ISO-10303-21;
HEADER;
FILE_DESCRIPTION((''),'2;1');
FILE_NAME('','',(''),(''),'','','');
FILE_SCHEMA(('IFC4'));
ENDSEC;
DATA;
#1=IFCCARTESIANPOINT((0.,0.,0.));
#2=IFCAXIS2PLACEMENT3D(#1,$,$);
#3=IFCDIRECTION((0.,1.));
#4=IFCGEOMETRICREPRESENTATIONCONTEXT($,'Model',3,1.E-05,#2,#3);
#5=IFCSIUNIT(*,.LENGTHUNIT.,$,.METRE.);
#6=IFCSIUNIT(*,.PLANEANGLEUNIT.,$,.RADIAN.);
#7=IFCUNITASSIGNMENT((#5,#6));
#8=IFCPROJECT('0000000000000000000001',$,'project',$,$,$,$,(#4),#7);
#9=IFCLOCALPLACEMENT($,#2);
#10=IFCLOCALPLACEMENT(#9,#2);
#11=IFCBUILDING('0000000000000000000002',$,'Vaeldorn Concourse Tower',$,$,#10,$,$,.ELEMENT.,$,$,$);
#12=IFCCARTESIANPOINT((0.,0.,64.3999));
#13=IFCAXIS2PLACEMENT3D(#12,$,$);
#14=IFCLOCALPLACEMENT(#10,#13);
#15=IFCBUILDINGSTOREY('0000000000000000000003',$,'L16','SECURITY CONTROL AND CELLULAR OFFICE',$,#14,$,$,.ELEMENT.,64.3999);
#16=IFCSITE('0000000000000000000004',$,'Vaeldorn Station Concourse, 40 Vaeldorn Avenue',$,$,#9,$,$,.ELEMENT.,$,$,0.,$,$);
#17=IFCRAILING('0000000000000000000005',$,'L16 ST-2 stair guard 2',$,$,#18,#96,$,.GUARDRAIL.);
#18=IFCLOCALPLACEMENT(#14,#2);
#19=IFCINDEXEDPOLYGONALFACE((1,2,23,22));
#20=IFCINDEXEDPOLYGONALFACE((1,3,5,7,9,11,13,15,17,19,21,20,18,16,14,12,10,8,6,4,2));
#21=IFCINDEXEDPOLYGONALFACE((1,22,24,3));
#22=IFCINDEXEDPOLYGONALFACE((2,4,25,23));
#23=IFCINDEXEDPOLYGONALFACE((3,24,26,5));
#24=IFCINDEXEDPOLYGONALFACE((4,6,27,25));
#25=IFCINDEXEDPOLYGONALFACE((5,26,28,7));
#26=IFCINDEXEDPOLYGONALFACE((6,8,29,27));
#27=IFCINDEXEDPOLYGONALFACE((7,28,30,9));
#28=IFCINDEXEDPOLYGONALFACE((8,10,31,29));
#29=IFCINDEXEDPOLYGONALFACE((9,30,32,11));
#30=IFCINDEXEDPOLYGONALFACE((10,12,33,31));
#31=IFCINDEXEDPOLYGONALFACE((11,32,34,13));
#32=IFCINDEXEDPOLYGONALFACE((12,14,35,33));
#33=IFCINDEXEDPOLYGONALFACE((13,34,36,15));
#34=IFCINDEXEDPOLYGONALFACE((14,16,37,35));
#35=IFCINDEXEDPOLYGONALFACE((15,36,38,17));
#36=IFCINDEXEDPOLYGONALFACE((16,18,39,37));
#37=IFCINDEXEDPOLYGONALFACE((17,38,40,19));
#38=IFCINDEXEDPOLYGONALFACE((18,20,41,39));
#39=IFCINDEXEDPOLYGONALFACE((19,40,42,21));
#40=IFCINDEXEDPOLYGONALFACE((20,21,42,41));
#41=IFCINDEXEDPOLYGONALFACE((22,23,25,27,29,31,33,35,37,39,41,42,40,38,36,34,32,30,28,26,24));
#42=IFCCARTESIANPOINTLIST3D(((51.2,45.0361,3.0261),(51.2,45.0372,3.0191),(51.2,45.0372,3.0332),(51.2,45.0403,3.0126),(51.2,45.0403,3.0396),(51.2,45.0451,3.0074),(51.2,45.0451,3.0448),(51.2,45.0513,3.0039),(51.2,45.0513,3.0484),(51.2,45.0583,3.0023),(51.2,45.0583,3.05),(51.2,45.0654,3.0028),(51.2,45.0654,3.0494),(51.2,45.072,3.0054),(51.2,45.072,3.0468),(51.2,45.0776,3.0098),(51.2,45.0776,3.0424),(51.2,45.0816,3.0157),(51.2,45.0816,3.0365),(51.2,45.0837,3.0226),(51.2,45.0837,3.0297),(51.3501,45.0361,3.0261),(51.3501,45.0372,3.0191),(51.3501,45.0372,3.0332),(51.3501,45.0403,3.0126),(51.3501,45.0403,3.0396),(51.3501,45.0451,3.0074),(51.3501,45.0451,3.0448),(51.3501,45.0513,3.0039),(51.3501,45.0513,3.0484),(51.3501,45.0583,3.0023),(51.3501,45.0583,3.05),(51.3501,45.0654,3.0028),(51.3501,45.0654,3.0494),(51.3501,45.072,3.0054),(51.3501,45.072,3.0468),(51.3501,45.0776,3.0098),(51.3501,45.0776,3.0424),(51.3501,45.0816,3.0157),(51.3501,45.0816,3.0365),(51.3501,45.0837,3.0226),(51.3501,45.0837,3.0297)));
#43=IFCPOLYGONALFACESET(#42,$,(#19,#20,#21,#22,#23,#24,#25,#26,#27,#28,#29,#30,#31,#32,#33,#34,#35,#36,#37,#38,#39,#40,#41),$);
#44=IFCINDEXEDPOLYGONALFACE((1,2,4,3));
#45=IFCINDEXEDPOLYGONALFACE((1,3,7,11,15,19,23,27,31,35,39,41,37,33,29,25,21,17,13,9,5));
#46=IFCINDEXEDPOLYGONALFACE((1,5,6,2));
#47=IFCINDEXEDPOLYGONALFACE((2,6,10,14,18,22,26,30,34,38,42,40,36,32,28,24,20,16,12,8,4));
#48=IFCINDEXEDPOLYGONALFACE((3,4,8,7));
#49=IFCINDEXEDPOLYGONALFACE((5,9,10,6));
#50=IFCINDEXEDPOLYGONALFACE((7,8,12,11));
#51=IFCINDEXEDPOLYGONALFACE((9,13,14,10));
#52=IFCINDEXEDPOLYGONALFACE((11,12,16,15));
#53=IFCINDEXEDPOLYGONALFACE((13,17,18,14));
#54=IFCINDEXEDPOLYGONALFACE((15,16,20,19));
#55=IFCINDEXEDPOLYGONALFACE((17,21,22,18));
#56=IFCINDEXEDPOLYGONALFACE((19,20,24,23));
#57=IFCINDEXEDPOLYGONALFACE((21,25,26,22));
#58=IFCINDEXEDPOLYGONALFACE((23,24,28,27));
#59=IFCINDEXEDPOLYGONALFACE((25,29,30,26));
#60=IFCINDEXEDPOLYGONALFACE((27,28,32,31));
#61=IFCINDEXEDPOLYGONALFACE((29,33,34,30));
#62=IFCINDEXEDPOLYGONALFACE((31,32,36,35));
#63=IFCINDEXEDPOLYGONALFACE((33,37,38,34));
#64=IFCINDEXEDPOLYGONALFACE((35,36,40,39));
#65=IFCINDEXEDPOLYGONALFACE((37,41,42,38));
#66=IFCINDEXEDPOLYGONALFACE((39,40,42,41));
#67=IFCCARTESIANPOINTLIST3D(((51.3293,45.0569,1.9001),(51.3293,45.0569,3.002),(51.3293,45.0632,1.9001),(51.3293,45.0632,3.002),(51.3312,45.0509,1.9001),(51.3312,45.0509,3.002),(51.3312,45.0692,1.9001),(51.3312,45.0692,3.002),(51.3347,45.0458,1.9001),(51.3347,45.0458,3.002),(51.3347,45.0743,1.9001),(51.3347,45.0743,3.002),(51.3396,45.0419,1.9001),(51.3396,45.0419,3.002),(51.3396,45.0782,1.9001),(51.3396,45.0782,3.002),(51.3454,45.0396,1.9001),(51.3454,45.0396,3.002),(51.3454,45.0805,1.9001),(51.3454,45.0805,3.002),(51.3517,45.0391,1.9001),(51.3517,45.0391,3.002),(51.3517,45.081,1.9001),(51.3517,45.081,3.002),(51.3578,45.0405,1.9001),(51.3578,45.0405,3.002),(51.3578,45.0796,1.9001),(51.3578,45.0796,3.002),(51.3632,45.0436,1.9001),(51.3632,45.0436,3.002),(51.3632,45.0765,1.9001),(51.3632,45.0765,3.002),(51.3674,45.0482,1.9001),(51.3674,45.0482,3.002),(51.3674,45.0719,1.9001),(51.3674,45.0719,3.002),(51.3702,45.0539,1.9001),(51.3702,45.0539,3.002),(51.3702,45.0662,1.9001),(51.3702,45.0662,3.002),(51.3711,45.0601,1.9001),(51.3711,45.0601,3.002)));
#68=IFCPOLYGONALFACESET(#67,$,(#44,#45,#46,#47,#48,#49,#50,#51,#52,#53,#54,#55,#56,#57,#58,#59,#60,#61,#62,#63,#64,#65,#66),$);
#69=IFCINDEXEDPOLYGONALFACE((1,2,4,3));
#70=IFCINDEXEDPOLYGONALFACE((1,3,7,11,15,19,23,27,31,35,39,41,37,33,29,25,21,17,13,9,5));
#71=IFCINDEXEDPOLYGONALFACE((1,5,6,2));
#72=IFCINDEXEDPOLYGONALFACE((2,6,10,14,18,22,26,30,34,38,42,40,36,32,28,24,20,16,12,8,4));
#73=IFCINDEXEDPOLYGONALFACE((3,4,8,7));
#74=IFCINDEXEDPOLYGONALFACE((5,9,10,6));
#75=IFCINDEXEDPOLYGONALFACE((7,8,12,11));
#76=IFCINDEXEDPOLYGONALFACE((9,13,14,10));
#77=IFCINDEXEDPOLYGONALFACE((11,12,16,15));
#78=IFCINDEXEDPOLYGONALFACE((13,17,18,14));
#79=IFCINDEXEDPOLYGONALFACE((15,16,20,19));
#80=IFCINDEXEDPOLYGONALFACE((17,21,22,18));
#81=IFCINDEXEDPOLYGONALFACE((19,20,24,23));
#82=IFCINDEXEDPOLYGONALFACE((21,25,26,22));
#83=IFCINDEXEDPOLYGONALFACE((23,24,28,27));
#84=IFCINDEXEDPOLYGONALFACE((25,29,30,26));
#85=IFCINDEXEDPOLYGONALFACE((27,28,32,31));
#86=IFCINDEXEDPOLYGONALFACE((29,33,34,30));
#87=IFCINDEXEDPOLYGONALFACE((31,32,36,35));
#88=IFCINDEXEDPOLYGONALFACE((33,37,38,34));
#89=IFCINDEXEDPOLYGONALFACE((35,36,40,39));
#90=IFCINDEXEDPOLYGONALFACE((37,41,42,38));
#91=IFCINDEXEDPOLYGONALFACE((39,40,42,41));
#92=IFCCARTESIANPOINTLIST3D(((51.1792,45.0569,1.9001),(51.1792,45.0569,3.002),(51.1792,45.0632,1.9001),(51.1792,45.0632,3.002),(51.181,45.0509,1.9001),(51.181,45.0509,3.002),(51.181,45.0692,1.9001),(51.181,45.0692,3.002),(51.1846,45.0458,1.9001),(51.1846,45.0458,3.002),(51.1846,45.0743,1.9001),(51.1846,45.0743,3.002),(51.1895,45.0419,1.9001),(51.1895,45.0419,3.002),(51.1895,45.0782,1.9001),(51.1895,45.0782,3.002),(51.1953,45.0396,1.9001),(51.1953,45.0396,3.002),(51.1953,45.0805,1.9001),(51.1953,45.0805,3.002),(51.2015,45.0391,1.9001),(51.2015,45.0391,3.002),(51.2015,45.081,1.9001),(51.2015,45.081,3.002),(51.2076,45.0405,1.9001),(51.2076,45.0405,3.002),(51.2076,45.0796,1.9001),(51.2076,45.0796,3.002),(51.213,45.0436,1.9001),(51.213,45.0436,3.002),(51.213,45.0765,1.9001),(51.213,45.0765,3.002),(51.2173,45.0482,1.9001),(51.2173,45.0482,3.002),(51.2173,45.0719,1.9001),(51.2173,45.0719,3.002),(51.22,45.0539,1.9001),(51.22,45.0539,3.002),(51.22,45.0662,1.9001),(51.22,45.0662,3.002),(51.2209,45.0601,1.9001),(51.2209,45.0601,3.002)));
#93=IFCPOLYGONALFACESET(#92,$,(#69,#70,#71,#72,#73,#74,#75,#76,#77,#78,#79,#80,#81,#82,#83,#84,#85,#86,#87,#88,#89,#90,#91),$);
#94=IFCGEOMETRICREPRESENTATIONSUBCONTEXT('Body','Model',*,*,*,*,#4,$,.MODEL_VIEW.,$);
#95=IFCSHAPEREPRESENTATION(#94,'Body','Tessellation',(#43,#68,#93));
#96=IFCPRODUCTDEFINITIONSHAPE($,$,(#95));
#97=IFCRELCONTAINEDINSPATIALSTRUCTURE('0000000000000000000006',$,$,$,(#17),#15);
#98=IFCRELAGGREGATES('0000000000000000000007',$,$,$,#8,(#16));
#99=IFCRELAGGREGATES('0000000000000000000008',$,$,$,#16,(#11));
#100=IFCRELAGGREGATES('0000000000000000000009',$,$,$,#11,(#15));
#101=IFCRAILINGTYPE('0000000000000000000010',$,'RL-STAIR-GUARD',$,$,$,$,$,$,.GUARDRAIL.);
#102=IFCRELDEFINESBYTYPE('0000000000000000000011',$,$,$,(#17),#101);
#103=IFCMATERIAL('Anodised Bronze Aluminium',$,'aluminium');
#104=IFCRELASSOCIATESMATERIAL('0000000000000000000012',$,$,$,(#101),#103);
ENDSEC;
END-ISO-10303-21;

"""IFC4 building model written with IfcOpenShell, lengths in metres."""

from ifc_helpers import new_model, si_unit, direction, frame, origin, origin_2d, place, context, subcontext, project, spatial, circle, extrude, material, type_object, element, save


model = new_model("IFC4")

# Units and contexts
model_context = context("Model", 3, precision=1e-05, world=origin(), true_north=direction((0.0, 1.0)))
body_context = subcontext(model_context, "Body", "Model", "MODEL_VIEW")
ifc_project = project(units=[si_unit("LENGTHUNIT", "METRE"), si_unit("PLANEANGLEUNIT", "RADIAN")], contexts=[model_context])

# Site, building, storey
site_placement = place(None, origin())
site = spatial("IfcSite", under=ifc_project, at=site_placement, Name="Vaeldorn Station Concourse, 40 Vaeldorn Avenue", CompositionType="ELEMENT", RefElevation=0.0)
building_placement = place(site_placement, origin())
building = spatial("IfcBuilding", under=site, at=building_placement, Name="Vaeldorn Concourse Tower", CompositionType="ELEMENT")
storey_placement = place(building_placement, frame((0.0, 0.0, 64.3999)))
storey = spatial("IfcBuildingStorey", under=building, at=storey_placement, Name="L16", Description="SECURITY CONTROL AND CELLULAR OFFICE", CompositionType="ELEMENT", Elevation=64.3999)

# Shared definitions
ifc_material_1 = material(Name="Anodised Bronze Aluminium", Category="aluminium")

# Railing
railing_type_1 = type_object("IfcRailingType", Name="RL-STAIR-GUARD", PredefinedType="GUARDRAIL", material=ifc_material_1)
railing_1_placement = place(storey_placement, frame((51.3501, 45.0601, 1.9001)))
element("IfcRailing", 1, at=railing_1_placement, inside=storey, type_object=railing_type_1, Name="L16 ST-2 stair guard 2", PredefinedType="GUARDRAIL", context=body_context, shape_type="SweptSolid", body=[
    extrude(circle(Radius=0.0239, at=origin_2d()), frame((0.0, 0.0, 1.126), z_axis=(-1.0, 0.0, 0.0), x_axis=(0.0, -1.0, 0.0)), (0.0, 0.0, 1.0), 0.1501),
    extrude(circle(Radius=0.021, at=origin_2d()), origin(), (0.0, 0.0, 1.0), 1.1018),
    extrude(circle(Radius=0.021, at=origin_2d()), frame((-0.1501, 0.0, 0.0)), (0.0, 0.0, 1.0), 1.1018),
])

save(model, "model.ifc")
